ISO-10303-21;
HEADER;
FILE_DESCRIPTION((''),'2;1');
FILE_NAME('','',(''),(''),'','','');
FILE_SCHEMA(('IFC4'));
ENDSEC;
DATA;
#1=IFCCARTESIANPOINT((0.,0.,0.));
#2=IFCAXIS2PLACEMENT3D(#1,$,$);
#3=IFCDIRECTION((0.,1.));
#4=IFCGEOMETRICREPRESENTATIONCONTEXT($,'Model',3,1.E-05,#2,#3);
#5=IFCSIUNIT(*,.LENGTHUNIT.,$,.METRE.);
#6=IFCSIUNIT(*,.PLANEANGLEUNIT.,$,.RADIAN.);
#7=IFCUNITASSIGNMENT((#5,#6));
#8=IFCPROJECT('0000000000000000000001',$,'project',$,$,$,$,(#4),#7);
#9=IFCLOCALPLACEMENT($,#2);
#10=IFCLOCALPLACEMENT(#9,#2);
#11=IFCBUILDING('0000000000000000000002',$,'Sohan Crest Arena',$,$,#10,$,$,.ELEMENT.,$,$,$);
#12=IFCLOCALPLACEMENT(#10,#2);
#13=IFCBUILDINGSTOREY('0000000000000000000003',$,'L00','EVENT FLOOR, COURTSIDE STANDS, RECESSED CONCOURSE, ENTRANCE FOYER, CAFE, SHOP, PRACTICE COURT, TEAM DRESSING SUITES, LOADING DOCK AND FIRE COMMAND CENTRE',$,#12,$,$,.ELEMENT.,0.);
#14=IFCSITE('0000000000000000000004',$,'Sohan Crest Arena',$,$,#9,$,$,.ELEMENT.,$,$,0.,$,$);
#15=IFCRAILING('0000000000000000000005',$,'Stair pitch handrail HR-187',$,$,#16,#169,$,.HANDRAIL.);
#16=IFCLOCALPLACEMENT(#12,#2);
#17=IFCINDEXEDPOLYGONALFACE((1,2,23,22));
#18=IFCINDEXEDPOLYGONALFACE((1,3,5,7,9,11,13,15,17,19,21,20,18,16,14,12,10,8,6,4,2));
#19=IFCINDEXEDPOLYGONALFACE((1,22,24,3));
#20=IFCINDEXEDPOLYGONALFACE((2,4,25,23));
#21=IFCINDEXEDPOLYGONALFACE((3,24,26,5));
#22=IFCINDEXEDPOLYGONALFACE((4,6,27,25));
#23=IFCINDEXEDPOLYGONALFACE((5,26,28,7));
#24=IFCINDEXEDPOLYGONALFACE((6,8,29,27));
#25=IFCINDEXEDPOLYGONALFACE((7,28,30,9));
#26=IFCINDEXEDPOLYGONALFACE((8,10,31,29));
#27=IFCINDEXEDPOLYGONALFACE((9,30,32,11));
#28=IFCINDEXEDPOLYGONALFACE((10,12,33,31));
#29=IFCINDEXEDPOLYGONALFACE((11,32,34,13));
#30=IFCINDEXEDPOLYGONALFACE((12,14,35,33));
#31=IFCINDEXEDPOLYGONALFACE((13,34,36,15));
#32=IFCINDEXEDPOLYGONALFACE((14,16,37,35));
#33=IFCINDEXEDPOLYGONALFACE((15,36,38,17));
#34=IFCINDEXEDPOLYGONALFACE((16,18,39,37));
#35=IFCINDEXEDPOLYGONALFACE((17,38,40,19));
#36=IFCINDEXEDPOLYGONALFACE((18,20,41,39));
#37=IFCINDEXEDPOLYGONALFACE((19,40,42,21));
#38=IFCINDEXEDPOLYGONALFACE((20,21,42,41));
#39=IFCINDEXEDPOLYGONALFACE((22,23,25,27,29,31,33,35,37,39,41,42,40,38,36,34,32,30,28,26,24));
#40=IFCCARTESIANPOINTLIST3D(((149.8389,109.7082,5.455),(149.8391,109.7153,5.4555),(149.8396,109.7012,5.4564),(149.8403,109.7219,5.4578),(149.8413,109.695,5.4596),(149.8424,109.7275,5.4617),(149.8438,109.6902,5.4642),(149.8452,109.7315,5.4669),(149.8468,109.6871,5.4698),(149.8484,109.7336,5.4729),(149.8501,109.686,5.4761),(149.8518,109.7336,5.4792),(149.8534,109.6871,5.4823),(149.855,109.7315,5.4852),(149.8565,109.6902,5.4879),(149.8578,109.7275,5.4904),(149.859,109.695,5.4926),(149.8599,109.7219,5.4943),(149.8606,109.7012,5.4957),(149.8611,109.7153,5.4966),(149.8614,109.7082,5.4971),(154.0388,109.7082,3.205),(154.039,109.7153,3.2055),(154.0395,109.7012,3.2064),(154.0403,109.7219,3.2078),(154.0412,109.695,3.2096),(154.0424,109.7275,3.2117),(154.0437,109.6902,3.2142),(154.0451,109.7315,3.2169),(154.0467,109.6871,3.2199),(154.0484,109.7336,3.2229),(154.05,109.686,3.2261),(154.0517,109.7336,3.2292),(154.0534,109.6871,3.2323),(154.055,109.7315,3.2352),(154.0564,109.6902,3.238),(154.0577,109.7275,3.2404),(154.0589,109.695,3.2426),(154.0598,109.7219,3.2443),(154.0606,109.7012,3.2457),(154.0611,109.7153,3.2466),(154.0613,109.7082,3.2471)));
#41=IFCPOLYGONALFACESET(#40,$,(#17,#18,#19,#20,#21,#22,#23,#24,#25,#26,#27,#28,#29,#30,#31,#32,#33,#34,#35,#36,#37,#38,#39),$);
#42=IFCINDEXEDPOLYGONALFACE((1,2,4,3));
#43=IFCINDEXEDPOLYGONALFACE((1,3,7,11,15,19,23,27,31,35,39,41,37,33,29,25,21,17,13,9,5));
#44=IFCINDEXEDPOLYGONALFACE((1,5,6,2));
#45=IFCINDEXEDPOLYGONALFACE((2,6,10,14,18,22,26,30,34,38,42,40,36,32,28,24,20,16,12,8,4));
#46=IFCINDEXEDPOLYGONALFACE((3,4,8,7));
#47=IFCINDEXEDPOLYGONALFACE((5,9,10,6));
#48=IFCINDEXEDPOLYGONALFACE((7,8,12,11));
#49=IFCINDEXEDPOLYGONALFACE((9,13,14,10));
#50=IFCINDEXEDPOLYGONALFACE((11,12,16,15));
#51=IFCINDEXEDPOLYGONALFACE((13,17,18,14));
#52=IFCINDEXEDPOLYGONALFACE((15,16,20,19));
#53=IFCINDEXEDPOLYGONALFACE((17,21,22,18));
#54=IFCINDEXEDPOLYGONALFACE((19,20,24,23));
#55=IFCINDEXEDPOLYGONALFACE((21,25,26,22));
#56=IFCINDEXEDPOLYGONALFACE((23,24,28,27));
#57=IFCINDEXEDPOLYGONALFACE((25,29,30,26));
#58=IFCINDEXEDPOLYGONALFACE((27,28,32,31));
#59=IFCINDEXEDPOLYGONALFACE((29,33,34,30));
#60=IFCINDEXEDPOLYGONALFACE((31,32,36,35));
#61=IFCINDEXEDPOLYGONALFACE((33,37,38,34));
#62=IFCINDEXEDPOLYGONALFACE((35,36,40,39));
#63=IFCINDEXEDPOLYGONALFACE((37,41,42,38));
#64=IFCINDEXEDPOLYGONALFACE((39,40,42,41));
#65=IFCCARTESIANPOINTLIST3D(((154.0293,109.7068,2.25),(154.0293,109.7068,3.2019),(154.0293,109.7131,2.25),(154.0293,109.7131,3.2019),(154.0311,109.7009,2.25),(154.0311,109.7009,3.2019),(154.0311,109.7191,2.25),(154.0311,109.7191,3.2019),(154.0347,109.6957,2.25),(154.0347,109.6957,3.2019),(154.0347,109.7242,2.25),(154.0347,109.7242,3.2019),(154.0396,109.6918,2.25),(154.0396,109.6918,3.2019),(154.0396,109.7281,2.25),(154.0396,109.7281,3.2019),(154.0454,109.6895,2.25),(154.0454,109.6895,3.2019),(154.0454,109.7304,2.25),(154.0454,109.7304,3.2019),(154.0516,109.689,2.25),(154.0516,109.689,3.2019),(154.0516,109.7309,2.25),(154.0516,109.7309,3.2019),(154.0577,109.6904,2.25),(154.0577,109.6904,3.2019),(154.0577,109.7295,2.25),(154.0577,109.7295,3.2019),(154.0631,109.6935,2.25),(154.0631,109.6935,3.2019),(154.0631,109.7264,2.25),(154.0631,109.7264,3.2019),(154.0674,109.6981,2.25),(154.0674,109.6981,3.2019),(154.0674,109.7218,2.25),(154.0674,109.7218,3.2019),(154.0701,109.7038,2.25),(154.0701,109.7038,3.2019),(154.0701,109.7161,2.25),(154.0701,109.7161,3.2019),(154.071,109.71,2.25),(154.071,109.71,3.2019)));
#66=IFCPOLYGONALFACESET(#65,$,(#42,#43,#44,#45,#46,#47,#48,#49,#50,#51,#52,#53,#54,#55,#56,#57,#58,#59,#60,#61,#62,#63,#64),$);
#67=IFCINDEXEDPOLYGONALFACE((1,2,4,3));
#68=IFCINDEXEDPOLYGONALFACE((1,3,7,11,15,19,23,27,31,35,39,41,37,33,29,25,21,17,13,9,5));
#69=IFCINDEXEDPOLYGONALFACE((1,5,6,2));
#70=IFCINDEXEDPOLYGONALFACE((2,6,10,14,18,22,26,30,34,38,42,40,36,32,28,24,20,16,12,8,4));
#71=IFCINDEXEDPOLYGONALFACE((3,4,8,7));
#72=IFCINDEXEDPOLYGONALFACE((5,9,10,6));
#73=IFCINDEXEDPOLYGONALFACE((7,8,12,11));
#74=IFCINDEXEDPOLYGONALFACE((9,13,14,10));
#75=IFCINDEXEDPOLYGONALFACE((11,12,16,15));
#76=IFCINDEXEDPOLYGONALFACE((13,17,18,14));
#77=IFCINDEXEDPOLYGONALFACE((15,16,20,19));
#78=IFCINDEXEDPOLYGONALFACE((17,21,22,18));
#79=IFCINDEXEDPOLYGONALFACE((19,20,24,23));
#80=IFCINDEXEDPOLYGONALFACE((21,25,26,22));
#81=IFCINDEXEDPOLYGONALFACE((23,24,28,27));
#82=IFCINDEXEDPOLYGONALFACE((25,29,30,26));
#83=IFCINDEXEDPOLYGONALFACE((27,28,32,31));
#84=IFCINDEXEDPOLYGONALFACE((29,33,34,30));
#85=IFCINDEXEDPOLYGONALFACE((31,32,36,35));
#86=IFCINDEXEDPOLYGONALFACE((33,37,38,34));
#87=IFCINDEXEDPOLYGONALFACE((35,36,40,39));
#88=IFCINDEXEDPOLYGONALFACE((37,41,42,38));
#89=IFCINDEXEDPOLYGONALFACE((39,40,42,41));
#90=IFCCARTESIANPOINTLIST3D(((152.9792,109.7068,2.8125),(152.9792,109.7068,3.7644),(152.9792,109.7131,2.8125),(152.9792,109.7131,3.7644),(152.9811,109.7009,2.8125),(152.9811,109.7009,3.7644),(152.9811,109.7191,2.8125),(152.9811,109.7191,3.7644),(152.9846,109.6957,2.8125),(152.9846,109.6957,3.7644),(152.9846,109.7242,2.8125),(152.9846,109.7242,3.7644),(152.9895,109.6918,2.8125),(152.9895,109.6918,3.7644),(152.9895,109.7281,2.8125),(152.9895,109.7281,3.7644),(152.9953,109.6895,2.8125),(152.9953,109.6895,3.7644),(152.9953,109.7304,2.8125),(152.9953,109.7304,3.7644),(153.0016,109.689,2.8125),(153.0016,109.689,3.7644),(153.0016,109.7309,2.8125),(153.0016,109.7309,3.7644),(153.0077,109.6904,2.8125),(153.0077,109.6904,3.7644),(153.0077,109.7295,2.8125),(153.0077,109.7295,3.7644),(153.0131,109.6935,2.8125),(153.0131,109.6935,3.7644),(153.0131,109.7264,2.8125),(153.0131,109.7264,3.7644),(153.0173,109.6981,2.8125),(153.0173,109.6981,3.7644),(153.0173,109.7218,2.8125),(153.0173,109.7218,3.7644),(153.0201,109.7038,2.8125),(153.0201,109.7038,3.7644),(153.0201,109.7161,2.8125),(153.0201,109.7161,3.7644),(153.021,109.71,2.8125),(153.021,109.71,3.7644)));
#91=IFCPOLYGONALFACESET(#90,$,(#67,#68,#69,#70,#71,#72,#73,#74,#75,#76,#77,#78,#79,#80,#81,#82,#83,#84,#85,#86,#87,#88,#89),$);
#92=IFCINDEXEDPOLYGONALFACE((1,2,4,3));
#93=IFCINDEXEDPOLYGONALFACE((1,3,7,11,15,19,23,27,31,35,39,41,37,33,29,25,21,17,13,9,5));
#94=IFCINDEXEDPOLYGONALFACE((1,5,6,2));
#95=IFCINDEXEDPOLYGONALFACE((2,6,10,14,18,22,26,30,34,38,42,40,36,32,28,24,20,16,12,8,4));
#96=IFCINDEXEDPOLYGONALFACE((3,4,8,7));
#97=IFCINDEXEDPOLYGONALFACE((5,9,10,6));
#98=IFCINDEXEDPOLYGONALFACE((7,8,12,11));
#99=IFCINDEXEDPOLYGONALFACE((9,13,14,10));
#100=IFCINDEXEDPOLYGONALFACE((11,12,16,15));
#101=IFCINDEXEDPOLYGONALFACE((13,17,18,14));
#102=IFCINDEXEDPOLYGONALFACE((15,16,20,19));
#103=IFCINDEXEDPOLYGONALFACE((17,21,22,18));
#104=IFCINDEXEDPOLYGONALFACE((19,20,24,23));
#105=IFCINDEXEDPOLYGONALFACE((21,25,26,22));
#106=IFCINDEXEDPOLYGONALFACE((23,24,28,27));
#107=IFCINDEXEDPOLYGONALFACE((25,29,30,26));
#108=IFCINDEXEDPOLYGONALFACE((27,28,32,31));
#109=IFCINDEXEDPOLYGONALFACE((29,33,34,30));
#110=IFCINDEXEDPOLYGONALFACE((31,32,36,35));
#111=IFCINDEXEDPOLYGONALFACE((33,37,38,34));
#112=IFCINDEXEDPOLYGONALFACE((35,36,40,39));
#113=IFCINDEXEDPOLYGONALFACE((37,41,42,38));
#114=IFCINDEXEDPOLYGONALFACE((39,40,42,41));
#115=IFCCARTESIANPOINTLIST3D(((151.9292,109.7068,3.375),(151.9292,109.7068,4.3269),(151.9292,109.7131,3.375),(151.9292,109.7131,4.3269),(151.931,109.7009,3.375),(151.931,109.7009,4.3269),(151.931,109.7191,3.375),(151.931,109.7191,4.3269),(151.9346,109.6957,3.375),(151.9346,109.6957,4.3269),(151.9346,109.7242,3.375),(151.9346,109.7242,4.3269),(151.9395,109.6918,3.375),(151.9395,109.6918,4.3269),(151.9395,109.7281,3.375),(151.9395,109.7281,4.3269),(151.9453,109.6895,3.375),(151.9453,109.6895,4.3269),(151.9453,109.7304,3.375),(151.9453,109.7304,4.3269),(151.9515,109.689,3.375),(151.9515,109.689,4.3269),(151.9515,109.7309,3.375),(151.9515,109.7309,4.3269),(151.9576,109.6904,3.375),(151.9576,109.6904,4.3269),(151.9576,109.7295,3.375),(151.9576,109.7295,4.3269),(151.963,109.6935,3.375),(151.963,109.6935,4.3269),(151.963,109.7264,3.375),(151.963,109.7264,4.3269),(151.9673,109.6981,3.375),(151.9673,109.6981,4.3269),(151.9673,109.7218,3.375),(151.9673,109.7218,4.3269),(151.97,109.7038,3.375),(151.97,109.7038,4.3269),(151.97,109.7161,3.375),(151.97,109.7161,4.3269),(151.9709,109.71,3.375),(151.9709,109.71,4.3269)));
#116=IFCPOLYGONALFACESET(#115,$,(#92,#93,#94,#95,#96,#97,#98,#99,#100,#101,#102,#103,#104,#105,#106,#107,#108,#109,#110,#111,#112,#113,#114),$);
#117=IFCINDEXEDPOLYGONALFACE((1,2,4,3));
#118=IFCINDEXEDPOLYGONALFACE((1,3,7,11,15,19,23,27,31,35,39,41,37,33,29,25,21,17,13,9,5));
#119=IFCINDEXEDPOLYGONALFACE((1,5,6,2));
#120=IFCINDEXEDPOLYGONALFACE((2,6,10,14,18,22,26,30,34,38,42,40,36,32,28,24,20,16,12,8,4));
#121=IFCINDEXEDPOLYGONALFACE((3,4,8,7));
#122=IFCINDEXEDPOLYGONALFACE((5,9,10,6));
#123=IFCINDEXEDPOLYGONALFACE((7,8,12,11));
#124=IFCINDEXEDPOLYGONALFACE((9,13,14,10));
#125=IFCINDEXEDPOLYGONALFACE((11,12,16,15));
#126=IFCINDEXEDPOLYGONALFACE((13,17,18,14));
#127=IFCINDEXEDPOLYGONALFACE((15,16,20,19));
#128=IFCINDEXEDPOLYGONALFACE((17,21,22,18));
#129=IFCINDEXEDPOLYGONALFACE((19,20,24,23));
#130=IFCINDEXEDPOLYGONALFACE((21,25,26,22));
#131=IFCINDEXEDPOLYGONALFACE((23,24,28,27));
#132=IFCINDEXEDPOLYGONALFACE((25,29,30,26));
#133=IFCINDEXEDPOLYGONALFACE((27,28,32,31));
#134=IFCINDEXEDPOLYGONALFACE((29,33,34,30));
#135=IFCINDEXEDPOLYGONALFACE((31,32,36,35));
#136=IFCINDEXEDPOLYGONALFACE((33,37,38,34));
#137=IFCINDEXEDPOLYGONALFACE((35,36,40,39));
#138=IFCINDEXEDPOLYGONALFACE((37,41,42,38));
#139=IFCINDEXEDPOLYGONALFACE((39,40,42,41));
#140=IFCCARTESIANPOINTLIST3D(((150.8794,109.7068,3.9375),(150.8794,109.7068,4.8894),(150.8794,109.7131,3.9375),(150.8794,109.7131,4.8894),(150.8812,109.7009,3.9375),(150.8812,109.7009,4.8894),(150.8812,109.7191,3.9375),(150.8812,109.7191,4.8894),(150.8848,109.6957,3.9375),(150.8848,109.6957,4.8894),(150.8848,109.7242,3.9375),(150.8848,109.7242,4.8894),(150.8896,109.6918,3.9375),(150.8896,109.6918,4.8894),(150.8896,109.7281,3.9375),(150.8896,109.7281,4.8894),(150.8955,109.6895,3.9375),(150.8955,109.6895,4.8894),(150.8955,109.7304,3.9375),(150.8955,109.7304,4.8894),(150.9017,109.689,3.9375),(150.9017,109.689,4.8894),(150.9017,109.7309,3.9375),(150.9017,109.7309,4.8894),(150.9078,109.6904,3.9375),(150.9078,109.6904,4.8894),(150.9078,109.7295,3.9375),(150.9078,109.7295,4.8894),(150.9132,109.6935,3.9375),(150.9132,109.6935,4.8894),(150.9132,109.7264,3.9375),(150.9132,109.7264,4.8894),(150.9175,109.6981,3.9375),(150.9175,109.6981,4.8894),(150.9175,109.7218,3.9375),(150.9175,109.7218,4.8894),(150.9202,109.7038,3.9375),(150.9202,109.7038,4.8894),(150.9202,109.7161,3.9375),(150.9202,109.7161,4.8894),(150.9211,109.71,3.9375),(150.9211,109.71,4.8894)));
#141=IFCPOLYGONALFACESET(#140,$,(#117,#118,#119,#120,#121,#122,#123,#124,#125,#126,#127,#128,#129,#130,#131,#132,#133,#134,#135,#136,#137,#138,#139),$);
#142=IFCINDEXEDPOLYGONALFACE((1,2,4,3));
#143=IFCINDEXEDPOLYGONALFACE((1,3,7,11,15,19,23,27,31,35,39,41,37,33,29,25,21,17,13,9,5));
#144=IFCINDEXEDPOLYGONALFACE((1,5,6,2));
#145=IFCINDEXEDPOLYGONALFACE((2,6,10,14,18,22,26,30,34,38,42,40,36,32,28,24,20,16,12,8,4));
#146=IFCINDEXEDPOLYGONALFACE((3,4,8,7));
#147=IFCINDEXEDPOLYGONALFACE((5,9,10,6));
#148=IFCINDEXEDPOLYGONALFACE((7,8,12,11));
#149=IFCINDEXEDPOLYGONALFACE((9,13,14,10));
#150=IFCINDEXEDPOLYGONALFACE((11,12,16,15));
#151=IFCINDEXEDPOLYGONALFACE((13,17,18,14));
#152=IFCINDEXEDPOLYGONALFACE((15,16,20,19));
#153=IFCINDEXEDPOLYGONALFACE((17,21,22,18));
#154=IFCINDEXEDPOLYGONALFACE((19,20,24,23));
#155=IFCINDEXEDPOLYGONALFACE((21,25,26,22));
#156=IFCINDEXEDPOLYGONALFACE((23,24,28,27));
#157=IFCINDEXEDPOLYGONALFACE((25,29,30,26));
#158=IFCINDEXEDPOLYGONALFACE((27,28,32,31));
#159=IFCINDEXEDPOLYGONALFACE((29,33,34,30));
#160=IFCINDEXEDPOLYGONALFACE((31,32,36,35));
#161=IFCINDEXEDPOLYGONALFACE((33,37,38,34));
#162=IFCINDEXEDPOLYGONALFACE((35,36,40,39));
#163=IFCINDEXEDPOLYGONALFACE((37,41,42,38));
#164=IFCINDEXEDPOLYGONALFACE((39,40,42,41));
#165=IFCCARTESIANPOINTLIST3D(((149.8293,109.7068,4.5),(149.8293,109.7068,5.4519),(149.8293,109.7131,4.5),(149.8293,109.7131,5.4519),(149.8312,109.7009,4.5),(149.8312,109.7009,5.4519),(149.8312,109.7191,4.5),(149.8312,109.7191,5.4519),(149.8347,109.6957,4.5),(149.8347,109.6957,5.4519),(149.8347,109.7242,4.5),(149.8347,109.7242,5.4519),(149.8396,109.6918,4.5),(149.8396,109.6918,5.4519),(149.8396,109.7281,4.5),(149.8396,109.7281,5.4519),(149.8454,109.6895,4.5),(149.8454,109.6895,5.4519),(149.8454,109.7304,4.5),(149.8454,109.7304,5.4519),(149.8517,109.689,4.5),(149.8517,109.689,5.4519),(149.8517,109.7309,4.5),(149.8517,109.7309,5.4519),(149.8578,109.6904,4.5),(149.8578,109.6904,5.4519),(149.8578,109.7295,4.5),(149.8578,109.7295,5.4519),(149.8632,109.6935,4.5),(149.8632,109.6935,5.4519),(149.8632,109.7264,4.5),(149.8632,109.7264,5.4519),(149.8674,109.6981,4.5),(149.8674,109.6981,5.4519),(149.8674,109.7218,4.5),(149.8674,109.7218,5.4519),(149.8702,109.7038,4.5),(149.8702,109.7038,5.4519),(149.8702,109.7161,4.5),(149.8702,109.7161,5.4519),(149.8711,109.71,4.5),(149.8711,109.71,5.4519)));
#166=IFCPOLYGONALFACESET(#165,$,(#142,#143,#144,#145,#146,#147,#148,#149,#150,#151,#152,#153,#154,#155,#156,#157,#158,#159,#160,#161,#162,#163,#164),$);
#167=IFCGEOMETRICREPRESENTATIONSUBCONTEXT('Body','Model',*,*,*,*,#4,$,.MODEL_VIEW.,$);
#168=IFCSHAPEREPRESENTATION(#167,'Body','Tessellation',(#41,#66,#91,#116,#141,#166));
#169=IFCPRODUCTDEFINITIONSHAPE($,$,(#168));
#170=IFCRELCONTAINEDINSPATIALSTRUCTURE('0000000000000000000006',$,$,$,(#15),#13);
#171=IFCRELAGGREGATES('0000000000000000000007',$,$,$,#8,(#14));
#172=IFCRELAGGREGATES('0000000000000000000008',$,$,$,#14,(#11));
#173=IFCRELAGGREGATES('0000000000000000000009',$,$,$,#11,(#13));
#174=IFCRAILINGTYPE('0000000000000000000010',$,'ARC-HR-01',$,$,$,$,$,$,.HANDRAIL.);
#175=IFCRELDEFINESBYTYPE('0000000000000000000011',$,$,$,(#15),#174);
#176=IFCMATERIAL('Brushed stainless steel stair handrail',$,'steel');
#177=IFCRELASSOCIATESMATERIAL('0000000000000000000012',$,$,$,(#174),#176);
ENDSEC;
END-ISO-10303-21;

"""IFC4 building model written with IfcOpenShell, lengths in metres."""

from ifc_helpers import new_model, si_unit, direction, frame, origin, origin_2d, place, context, subcontext, project, spatial, circle, extrude, material, type_object, element, save


model = new_model("IFC4")

# Units and contexts
model_context = context("Model", 3, precision=1e-05, world=origin(), true_north=direction((0.0, 1.0)))
body_context = subcontext(model_context, "Body", "Model", "MODEL_VIEW")
ifc_project = project(units=[si_unit("LENGTHUNIT", "METRE"), si_unit("PLANEANGLEUNIT", "RADIAN")], contexts=[model_context])

# Site, building, storey
site_placement = place(None, origin())
site = spatial("IfcSite", under=ifc_project, at=site_placement, Name="Sohan Crest Arena", CompositionType="ELEMENT", RefElevation=0.0)
building_placement = place(site_placement, origin())
building = spatial("IfcBuilding", under=site, at=building_placement, Name="Sohan Crest Arena", CompositionType="ELEMENT")
storey_placement = place(building_placement, origin())
storey = spatial("IfcBuildingStorey", under=building, at=storey_placement, Name="L00", Description="EVENT FLOOR, COURTSIDE STANDS, RECESSED CONCOURSE, ENTRANCE FOYER, CAFE, SHOP, PRACTICE COURT, TEAM DRESSING SUITES, LOADING DOCK AND FIRE COMMAND CENTRE", CompositionType="ELEMENT", Elevation=0.0)

# Railing
ifc_material_1 = material(Name="Brushed stainless steel stair handrail", Category="steel")
railing_type_1 = type_object("IfcRailingType", Name="ARC-HR-01", PredefinedType="HANDRAIL", material=ifc_material_1)
railing_1_placement = place(storey_placement, frame((154.05, 109.71, 2.25)))
element("IfcRailing", 1, at=railing_1_placement, inside=storey, type_object=railing_type_1, Name="Stair pitch handrail HR-187", PredefinedType="HANDRAIL", context=body_context, shape_type="SweptSolid", body=[
    extrude(circle(Radius=0.0239, at=origin_2d()), frame((0.0, 0.0, 0.9761), z_axis=(-0.881478, 0.0, 0.472226), x_axis=(0.0, -1.0, 0.0)), (0.0, 0.0, 1.0), 4.7646),
    extrude(circle(Radius=0.021, at=origin_2d()), origin(), (0.0, 0.0, 1.0), 0.9519),
    extrude(circle(Radius=0.021, at=origin_2d()), frame((-1.05, 0.0, 0.5625)), (0.0, 0.0, 1.0), 0.9519),
    extrude(circle(Radius=0.021, at=origin_2d()), frame((-2.1001, 0.0, 1.125)), (0.0, 0.0, 1.0), 0.9519),
    extrude(circle(Radius=0.021, at=origin_2d()), frame((-3.1499, 0.0, 1.6875)), (0.0, 0.0, 1.0), 0.9519),
    extrude(circle(Radius=0.021, at=origin_2d()), frame((-4.2, 0.0, 2.25)), (0.0, 0.0, 1.0), 0.9519),
])

save(model, "model.ifc")
